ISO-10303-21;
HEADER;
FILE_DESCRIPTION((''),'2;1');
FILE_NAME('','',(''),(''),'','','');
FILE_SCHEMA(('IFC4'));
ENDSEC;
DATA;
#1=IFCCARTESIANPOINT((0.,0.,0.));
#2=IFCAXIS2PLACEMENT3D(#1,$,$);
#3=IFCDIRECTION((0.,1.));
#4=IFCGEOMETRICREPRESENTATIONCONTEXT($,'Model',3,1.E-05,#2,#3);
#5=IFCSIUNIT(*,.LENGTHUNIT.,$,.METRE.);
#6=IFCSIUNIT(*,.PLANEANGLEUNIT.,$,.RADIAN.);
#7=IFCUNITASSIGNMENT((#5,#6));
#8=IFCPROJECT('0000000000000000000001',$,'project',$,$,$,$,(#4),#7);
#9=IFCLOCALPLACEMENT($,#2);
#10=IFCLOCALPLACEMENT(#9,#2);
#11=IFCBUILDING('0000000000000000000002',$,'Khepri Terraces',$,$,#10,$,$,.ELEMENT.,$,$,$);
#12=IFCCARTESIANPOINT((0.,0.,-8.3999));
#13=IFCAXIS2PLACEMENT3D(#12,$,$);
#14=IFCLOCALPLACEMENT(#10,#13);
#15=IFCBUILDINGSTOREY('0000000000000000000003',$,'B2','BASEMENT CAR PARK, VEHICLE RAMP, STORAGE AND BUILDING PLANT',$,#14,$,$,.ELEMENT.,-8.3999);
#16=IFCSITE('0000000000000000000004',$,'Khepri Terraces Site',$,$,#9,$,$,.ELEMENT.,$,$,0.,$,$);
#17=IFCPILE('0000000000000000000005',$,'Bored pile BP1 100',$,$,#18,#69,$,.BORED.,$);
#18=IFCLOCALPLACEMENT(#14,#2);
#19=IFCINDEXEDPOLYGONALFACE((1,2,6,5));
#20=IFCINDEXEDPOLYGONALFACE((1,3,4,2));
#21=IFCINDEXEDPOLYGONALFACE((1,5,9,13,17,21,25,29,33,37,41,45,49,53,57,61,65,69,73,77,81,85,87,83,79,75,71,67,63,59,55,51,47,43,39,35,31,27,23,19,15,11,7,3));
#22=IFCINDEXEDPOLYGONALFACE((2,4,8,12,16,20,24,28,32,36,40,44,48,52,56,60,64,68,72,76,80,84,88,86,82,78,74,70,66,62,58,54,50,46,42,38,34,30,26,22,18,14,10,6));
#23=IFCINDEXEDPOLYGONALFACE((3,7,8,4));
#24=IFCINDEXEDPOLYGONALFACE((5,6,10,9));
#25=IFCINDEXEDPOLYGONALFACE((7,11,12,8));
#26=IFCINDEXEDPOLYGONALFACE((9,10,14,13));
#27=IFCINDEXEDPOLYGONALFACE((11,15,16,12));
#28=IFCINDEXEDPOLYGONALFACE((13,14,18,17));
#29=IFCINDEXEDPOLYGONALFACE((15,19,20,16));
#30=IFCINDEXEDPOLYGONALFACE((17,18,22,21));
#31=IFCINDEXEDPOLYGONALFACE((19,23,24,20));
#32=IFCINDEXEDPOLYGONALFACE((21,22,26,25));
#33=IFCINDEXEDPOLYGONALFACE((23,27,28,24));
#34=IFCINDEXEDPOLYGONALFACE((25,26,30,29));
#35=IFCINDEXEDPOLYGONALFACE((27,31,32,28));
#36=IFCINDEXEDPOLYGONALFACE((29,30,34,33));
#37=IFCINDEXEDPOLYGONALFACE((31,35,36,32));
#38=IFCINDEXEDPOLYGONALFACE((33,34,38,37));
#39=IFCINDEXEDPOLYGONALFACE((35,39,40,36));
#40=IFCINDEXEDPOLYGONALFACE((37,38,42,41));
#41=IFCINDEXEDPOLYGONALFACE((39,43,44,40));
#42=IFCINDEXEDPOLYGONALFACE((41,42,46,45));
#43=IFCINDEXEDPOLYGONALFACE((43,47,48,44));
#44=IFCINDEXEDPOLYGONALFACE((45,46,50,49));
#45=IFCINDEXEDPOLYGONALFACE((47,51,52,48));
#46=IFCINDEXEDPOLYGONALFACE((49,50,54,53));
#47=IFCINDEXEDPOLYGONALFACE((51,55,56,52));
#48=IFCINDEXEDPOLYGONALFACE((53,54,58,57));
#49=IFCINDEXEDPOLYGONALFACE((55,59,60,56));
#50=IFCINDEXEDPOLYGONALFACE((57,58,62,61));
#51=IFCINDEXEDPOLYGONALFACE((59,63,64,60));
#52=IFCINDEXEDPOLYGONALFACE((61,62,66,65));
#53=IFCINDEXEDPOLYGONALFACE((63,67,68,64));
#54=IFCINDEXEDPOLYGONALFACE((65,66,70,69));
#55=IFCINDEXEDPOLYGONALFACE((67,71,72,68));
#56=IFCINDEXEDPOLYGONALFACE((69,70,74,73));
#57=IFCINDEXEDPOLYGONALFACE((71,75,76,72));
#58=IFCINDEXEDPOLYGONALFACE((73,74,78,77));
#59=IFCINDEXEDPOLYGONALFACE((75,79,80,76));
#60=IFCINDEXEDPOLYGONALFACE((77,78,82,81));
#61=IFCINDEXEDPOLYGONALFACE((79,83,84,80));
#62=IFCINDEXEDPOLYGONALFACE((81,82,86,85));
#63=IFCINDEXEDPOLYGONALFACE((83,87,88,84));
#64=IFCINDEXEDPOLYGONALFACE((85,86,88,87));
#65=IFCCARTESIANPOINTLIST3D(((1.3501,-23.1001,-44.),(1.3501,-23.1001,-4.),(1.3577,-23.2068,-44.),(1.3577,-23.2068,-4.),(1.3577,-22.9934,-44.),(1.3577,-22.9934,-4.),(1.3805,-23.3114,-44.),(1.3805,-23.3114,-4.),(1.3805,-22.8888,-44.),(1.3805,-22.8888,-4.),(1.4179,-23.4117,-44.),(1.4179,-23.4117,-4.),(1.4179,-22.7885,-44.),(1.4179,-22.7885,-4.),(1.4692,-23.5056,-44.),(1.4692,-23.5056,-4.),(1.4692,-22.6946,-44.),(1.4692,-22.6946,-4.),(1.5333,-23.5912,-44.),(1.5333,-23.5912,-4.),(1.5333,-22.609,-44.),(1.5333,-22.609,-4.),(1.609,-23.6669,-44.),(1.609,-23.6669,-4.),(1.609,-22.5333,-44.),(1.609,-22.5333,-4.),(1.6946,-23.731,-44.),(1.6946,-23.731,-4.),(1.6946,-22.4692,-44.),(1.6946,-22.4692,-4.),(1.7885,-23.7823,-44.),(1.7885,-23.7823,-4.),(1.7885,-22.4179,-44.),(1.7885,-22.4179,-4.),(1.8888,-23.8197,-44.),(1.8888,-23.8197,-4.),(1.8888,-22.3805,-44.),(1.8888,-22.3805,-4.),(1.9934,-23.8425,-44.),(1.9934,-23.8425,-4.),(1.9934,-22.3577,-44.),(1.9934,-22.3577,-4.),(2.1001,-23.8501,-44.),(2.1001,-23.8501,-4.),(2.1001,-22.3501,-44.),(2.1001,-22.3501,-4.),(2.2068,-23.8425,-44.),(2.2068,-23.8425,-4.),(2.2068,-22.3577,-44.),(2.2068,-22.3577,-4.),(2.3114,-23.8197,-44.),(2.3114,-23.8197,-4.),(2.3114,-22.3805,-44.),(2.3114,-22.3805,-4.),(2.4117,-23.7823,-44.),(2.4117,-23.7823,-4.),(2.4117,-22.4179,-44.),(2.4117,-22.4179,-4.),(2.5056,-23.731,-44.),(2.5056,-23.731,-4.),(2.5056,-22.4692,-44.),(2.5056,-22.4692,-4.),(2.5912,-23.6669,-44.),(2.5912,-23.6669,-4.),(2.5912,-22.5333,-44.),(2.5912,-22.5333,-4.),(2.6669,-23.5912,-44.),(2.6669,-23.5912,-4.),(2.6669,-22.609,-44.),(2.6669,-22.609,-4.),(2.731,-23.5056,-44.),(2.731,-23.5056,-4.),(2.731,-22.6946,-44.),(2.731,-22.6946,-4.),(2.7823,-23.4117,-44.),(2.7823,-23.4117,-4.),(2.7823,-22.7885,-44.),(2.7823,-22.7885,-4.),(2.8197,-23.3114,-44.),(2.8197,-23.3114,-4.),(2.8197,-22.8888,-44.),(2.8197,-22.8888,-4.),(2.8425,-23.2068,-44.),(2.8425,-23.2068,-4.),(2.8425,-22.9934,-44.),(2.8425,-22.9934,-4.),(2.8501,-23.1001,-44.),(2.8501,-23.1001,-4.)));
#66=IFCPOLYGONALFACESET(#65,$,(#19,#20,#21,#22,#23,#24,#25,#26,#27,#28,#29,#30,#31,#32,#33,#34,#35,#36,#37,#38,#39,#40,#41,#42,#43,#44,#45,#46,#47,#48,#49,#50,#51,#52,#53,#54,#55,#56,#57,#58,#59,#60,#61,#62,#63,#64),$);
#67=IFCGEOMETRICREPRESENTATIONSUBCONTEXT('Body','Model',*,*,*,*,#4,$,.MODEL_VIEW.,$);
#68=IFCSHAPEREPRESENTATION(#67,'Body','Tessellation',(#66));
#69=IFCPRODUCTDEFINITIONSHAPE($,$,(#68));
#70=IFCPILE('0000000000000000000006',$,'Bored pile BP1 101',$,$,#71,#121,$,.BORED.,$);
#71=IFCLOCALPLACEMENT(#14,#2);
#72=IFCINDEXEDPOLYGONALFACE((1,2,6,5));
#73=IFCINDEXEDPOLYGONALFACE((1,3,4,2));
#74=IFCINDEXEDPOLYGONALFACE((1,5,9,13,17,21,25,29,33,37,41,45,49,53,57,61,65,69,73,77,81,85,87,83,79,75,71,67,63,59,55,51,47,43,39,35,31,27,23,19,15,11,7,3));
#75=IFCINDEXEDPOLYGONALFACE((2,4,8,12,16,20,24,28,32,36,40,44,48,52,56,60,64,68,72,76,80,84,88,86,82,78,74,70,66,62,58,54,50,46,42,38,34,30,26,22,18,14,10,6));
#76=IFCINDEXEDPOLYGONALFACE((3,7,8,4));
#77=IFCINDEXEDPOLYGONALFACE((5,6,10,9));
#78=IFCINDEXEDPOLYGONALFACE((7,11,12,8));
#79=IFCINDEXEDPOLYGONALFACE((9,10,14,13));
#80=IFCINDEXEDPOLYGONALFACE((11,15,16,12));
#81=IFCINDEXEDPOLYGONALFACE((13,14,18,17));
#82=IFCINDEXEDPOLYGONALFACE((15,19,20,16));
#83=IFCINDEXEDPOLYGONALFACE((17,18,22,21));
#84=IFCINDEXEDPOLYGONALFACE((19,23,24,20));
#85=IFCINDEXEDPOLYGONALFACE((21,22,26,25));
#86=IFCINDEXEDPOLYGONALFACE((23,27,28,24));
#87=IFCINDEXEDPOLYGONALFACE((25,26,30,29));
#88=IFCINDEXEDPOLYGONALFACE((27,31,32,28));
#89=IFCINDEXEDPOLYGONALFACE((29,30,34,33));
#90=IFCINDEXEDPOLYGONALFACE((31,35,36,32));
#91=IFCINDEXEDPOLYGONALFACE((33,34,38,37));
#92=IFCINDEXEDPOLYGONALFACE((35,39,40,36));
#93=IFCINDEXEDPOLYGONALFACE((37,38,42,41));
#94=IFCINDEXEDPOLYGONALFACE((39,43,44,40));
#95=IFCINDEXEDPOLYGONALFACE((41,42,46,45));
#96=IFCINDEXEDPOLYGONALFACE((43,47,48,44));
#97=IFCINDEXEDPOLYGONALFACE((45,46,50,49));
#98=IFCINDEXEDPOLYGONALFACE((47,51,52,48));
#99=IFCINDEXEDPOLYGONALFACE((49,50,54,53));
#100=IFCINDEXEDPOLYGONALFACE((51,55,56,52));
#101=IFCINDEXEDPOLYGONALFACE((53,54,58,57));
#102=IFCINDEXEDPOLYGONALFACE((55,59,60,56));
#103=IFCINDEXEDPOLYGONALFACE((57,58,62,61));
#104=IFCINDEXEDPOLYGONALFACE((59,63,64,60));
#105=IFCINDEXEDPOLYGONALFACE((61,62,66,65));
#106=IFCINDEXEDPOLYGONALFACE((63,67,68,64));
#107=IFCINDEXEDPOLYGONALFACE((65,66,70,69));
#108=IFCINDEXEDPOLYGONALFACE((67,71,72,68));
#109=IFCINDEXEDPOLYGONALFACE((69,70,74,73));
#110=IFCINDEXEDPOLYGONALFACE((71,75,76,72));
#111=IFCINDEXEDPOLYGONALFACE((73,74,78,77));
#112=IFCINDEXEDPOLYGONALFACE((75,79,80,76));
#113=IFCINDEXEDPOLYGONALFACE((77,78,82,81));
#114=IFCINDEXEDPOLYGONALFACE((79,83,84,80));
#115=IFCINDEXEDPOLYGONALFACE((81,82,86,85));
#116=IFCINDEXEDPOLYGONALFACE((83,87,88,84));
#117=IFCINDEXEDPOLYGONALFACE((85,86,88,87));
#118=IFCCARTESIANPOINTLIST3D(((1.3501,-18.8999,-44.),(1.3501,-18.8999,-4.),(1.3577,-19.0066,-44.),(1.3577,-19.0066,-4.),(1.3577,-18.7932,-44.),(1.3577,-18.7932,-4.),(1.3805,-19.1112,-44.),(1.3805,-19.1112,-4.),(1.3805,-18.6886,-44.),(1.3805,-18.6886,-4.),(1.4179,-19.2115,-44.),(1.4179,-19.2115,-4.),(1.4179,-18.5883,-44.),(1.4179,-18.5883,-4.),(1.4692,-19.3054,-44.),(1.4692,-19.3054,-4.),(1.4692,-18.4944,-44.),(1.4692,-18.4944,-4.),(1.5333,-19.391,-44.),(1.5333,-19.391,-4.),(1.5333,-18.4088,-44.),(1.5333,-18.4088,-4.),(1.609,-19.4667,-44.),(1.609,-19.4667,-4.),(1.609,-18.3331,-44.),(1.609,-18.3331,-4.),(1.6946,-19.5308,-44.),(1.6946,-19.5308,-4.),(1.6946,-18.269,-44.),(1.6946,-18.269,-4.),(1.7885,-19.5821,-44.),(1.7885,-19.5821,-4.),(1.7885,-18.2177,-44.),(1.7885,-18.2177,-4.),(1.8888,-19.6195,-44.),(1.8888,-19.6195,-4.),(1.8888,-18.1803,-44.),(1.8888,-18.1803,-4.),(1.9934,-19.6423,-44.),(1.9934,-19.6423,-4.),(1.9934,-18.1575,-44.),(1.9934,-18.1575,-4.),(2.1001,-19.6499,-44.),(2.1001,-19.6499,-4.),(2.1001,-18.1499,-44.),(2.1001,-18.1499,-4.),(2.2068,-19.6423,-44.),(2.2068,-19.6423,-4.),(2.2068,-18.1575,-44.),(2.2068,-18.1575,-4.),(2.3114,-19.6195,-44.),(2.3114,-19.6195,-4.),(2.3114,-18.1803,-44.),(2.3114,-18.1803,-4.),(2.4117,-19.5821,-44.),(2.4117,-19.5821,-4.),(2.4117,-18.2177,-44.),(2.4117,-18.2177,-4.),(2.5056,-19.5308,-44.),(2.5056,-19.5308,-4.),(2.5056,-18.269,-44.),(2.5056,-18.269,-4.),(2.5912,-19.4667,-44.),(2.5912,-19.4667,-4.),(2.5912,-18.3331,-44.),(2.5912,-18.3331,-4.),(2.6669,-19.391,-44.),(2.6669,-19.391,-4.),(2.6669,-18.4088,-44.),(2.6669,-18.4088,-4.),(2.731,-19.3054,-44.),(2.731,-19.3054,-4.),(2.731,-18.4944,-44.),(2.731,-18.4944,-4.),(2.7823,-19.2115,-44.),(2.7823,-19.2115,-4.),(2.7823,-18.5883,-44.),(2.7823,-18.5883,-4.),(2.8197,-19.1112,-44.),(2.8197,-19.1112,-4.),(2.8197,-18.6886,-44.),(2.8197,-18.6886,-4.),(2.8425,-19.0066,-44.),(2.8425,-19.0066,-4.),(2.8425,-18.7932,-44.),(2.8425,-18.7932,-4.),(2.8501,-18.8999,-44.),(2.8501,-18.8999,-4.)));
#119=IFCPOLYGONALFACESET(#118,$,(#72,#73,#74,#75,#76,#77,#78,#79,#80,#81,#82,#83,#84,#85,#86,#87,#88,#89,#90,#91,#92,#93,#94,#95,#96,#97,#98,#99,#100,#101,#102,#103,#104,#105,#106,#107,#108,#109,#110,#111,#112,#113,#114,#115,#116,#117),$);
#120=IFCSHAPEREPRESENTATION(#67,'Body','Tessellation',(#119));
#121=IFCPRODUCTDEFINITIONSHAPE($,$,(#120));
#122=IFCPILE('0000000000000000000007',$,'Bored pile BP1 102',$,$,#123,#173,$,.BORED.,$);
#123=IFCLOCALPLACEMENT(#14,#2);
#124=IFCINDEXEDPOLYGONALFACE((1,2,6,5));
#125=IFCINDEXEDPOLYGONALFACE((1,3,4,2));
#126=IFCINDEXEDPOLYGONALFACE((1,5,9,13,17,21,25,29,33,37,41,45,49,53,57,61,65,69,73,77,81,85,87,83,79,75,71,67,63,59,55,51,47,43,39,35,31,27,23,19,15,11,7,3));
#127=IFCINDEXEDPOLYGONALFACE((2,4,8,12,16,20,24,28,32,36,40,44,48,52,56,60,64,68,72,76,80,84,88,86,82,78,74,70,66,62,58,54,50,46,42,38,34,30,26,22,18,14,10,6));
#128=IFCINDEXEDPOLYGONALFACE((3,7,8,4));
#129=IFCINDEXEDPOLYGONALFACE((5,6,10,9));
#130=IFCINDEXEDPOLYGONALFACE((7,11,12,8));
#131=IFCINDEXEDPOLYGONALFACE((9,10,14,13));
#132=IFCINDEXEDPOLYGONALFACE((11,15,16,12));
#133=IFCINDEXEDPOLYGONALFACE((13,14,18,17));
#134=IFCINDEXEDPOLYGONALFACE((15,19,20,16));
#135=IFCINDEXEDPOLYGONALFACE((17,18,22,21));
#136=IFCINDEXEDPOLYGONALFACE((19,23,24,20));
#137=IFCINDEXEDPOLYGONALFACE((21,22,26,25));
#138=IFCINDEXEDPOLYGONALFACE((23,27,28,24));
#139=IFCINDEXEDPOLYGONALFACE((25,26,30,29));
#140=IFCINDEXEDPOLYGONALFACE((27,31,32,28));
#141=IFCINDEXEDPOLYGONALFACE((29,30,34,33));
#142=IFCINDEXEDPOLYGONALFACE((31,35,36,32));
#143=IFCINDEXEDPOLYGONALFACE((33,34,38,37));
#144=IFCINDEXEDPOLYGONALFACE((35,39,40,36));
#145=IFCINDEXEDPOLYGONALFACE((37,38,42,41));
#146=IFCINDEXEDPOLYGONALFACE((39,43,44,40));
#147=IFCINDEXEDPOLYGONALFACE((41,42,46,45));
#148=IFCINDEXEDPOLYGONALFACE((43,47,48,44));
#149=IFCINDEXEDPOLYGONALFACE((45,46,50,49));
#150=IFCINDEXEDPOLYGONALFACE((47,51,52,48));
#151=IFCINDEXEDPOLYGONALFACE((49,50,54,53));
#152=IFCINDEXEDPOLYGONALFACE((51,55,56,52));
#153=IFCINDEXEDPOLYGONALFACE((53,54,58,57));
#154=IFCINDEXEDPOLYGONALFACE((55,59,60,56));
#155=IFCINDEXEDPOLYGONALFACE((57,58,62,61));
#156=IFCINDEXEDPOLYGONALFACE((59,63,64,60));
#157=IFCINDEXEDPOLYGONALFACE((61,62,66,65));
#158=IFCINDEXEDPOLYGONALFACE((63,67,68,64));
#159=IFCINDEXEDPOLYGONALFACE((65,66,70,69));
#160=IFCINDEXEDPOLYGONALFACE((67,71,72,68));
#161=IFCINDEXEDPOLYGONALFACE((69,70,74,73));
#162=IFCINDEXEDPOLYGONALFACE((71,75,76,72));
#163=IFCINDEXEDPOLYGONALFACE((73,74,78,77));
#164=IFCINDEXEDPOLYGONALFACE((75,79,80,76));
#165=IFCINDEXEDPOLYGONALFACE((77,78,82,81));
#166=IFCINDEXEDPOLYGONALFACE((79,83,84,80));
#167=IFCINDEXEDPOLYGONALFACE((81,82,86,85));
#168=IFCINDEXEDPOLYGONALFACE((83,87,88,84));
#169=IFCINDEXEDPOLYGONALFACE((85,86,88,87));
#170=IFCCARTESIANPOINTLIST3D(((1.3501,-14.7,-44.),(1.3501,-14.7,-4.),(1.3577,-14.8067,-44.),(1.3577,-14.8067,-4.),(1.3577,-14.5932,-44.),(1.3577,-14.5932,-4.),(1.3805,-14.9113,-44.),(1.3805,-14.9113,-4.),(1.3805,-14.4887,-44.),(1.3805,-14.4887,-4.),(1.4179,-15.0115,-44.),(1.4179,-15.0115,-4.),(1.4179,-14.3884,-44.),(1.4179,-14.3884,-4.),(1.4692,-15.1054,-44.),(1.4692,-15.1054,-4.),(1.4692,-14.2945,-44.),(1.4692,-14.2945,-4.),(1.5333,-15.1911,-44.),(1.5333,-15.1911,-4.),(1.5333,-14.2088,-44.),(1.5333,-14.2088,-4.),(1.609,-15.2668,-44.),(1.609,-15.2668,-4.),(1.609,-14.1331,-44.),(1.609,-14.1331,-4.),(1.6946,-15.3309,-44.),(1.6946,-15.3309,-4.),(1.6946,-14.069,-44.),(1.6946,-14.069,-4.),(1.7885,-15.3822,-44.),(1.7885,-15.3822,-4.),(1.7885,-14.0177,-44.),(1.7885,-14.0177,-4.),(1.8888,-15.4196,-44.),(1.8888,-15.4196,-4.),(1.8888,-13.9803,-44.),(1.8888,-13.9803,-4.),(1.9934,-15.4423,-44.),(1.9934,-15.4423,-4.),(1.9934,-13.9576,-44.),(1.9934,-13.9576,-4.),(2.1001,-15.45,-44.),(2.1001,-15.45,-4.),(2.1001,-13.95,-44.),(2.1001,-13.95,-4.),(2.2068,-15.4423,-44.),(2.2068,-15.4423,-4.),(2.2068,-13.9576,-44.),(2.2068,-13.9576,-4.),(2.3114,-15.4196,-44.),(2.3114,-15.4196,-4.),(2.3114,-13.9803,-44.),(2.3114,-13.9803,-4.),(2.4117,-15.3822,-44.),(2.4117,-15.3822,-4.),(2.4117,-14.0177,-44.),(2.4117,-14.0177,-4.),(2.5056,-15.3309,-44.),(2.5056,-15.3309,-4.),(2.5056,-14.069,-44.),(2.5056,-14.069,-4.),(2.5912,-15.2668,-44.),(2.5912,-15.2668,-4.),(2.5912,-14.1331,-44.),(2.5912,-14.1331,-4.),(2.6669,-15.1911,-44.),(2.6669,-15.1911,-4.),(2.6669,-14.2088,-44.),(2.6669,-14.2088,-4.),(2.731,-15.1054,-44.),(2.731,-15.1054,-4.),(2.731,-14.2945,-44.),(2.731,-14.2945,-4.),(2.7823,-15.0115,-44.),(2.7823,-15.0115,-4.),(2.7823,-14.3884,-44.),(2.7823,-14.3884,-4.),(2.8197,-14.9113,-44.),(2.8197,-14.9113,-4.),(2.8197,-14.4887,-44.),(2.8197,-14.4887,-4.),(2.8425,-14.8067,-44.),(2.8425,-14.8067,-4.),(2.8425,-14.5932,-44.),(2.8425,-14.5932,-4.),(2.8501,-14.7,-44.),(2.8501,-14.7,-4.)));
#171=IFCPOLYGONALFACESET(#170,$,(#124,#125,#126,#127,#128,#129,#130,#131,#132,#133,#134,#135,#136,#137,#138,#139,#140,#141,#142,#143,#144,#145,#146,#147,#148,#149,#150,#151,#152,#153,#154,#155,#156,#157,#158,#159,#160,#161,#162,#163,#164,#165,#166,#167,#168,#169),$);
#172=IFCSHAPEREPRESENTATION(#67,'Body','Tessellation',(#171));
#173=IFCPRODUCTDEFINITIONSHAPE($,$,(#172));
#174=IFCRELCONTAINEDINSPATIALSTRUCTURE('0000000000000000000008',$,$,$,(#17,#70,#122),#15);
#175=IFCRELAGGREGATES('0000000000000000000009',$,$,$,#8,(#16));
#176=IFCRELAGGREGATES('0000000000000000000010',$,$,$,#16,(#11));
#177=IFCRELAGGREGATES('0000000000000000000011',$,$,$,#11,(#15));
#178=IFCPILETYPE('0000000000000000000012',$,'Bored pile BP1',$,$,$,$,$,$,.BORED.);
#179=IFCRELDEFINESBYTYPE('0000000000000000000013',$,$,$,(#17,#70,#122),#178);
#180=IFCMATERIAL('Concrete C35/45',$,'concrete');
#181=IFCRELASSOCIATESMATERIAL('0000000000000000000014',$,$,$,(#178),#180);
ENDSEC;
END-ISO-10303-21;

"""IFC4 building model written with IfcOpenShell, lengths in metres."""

from ifc_helpers import new_model, si_unit, direction, frame, origin, origin_2d, place, context, subcontext, project, spatial, circle, extrude, material, material_profile, profile_set, type_object, element, save


model = new_model("IFC4")

# Units and contexts
model_context = context("Model", 3, precision=1e-05, world=origin(), true_north=direction((0.0, 1.0)))
body_context = subcontext(model_context, "Body", "Model", "MODEL_VIEW")
ifc_project = project(units=[si_unit("LENGTHUNIT", "METRE"), si_unit("PLANEANGLEUNIT", "RADIAN")], contexts=[model_context])

# Site, building, storey
site_placement = place(None, origin())
site = spatial("IfcSite", under=ifc_project, at=site_placement, Name="Khepri Terraces Site", CompositionType="ELEMENT", RefElevation=0.0)
building_placement = place(site_placement, origin())
building = spatial("IfcBuilding", under=site, at=building_placement, Name="Khepri Terraces", CompositionType="ELEMENT")
storey_placement = place(building_placement, frame((0.0, 0.0, -8.3999)))
storey = spatial("IfcBuildingStorey", under=building, at=storey_placement, Name="B2", Description="BASEMENT CAR PARK, VEHICLE RAMP, STORAGE AND BUILDING PLANT", CompositionType="ELEMENT", Elevation=-8.3999)

# Piles
ifc_material_1 = material(Name="Concrete C35/45", Category="concrete")
ifc_material_profile_1 = material_profile(ifc_material_1, circle(Radius=0.75, at=origin_2d()), Name="Concrete C35/45", Category="concrete")
ifc_profile_set_1 = profile_set([ifc_material_profile_1], Name="Concrete C35/45")
pile_type = type_object("IfcPileType", Name="Bored pile BP1", PredefinedType="BORED", material=ifc_profile_set_1)
for number, where, z_axis, x_axis, name in (
    (1, (2.1001, -23.1001, -4.0), (0.0, 0.0, -1.0), (1.0, 0.0, 0.0), "Bored pile BP1 100"),
    (2, (2.1001, -18.8999, -4.0), (0.0, 0.0, -1.0), (1.0, 0.0, 0.0), "Bored pile BP1 101"),
    (3, (2.1001, -14.7, -4.0), (0.0, 0.0, -1.0), (1.0, 0.0, 0.0), "Bored pile BP1 102"),
):
    element("IfcPile", number, at=place(storey_placement, frame(where, z_axis=z_axis, x_axis=x_axis)), inside=storey, type_object=pile_type, Name=name, PredefinedType="BORED", context=body_context, shape_type="SweptSolid", body=[
        extrude(circle(Radius=0.75, at=origin_2d()), origin(), (0.0, 0.0, 1.0), 40.0),
    ])

save(model, "model.ifc")
